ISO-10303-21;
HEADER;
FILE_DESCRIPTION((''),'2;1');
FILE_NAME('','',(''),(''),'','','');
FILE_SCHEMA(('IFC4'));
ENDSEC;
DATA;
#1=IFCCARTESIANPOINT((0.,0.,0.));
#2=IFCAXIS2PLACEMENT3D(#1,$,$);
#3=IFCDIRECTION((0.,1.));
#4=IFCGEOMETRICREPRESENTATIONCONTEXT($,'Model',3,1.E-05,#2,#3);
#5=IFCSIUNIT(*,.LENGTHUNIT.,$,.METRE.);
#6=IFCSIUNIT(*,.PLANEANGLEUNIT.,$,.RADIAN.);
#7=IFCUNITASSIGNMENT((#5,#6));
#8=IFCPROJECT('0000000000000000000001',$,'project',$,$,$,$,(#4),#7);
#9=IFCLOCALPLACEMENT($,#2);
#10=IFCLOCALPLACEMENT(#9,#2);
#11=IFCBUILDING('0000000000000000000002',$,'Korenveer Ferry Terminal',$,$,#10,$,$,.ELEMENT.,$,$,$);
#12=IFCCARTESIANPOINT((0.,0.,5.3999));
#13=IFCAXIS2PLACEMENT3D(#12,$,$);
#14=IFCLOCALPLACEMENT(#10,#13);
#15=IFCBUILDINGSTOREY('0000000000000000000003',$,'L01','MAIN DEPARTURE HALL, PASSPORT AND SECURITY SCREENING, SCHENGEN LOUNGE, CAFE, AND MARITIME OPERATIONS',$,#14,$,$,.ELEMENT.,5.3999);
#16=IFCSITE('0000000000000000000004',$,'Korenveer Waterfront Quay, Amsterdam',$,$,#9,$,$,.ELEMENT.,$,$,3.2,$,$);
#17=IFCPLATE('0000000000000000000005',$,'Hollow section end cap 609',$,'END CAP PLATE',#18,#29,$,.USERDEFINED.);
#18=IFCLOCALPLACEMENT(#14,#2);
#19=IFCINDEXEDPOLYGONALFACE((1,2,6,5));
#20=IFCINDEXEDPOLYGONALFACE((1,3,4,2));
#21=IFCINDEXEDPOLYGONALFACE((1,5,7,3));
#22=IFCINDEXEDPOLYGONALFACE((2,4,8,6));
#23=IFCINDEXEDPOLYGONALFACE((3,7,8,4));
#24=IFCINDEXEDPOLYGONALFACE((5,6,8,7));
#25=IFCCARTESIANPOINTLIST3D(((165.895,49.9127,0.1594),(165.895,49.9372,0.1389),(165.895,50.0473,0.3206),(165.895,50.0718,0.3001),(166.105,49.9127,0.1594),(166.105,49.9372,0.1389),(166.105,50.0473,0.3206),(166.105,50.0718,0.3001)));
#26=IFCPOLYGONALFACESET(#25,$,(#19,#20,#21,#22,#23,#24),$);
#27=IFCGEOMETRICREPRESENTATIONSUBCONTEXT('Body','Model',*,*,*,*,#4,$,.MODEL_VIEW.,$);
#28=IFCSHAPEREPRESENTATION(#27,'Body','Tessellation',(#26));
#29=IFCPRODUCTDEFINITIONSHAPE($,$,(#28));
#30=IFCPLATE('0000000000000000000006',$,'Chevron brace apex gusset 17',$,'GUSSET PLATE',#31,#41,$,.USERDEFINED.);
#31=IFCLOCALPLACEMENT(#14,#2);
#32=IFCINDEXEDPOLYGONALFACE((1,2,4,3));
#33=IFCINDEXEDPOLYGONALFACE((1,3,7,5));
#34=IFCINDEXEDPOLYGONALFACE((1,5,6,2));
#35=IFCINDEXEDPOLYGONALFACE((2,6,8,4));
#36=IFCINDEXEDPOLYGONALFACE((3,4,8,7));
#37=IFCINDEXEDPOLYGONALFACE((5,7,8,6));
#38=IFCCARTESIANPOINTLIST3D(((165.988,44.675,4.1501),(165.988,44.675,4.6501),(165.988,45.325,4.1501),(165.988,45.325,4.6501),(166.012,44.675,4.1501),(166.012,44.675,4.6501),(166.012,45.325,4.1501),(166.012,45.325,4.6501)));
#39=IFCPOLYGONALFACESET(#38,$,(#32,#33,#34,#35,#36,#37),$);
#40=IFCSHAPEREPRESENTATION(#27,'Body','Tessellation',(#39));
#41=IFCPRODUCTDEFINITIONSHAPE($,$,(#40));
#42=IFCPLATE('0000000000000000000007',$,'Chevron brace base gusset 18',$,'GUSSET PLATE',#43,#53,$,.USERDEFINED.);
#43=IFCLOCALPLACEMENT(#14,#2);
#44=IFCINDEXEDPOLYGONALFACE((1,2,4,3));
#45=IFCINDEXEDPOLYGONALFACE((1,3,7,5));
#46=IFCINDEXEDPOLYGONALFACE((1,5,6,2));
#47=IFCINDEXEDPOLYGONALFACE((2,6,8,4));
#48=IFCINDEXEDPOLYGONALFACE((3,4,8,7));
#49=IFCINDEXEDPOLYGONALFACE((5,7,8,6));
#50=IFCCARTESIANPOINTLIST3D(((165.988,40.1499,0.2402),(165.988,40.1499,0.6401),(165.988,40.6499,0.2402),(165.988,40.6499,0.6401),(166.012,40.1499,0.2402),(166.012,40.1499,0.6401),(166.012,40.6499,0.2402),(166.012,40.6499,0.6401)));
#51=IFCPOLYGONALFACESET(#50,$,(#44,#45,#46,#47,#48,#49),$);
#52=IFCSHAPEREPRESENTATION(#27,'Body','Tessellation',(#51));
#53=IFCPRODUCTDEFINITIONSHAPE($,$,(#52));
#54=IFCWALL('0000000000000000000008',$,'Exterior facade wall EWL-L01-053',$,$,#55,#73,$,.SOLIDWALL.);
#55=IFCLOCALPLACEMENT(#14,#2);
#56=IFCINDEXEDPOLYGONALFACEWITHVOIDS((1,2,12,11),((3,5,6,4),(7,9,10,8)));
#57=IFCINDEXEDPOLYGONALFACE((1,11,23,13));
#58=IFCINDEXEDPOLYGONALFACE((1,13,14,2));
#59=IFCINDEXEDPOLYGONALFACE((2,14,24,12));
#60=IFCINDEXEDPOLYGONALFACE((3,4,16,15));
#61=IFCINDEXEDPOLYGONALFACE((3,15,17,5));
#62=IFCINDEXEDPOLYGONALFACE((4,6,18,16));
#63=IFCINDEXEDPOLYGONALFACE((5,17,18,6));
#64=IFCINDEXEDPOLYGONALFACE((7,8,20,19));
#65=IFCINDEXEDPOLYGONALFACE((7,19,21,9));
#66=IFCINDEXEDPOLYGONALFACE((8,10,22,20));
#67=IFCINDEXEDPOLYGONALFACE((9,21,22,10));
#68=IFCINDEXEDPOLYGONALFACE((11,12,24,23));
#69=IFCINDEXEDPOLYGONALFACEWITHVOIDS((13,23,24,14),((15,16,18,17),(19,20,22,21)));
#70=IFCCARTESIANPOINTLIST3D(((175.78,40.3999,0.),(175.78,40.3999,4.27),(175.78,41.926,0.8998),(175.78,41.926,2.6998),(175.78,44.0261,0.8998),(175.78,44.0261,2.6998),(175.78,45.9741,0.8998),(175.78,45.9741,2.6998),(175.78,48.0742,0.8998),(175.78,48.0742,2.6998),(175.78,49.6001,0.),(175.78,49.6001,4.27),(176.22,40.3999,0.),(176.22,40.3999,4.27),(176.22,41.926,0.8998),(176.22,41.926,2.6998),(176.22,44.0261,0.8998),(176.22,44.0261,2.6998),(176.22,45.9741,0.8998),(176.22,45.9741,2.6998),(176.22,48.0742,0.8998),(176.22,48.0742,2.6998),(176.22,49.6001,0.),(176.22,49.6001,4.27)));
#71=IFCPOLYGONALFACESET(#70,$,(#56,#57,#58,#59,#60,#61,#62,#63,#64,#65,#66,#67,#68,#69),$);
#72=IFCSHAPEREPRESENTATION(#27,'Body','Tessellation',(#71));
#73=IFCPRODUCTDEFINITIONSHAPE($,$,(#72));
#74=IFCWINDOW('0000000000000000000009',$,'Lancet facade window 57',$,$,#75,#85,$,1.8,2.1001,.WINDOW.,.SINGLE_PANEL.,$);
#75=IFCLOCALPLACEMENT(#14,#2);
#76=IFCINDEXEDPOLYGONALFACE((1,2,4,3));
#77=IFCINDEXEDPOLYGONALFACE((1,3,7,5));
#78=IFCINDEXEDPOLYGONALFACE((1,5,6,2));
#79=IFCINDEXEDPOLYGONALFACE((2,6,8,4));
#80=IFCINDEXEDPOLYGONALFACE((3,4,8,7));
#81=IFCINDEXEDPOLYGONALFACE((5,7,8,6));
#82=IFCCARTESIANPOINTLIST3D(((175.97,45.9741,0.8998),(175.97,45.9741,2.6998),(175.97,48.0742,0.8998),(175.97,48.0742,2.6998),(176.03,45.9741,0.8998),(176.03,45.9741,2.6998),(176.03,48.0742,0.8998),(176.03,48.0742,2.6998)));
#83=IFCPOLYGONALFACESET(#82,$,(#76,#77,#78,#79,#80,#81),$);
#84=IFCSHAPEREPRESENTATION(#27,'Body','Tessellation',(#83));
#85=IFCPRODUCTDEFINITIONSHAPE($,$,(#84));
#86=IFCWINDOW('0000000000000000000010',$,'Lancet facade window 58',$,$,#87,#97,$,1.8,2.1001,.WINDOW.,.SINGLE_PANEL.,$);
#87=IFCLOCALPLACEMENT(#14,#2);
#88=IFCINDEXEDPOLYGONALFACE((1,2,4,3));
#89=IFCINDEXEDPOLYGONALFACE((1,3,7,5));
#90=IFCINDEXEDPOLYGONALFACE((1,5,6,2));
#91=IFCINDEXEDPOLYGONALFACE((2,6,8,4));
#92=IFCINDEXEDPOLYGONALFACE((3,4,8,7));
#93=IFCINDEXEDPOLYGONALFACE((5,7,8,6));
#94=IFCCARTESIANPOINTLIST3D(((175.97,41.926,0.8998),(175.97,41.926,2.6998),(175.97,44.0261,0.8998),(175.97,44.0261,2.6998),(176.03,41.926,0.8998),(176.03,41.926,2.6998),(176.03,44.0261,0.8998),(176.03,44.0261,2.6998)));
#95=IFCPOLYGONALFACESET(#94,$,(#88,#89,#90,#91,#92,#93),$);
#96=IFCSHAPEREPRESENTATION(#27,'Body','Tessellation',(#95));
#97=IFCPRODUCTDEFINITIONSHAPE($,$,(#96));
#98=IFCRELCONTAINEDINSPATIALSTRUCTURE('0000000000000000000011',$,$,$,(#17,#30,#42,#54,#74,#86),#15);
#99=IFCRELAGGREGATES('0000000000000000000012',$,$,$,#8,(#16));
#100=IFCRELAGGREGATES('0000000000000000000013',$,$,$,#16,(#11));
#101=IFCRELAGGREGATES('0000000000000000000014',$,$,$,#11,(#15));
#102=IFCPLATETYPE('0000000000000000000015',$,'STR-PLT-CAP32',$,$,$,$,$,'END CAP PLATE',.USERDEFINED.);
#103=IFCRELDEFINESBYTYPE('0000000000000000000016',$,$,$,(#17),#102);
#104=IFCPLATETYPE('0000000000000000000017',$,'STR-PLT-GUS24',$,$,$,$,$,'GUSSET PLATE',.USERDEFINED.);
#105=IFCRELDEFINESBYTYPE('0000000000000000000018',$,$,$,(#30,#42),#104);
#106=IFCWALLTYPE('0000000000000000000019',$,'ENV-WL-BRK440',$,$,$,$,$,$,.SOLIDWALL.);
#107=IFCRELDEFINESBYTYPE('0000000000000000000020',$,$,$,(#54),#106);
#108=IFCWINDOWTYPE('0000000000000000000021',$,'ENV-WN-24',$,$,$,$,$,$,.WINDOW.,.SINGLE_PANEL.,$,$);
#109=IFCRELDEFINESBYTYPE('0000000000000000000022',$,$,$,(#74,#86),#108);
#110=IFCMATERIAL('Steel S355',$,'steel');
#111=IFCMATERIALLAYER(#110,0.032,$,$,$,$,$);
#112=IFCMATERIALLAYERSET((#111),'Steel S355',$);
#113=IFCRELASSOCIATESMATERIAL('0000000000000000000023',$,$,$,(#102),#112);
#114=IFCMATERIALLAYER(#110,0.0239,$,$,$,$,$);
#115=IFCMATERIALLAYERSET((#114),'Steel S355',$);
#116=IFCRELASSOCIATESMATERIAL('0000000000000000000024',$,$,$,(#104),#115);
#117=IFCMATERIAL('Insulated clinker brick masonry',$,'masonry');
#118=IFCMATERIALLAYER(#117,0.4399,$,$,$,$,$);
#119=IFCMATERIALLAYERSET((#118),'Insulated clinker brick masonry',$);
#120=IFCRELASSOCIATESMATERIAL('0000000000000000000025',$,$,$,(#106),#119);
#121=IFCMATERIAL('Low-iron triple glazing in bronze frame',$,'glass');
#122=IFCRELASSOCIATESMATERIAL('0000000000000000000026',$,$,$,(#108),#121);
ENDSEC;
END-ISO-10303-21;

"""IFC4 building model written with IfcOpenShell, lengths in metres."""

from ifc_helpers import new_model, si_unit, direction, frame, frame_2d, origin, origin_2d, place, context, subcontext, project, spatial, rectangle, extrude, material, layer, layer_set, type_object, element, fill, save


model = new_model("IFC4")

# Units and contexts
model_context = context("Model", 3, precision=1e-05, world=origin(), true_north=direction((0.0, 1.0)))
body_context = subcontext(model_context, "Body", "Model", "MODEL_VIEW")
ifc_project = project(units=[si_unit("LENGTHUNIT", "METRE"), si_unit("PLANEANGLEUNIT", "RADIAN")], contexts=[model_context])

# Site, building, storey
site_placement = place(None, origin())
site = spatial("IfcSite", under=ifc_project, at=site_placement, Name="Korenveer Waterfront Quay, Amsterdam", CompositionType="ELEMENT", RefElevation=3.2)
building_placement = place(site_placement, origin())
building = spatial("IfcBuilding", under=site, at=building_placement, Name="Korenveer Ferry Terminal", CompositionType="ELEMENT")
storey_placement = place(building_placement, frame((0.0, 0.0, 5.3999)))
storey = spatial("IfcBuildingStorey", under=building, at=storey_placement, Name="L01", Description="MAIN DEPARTURE HALL, PASSPORT AND SECURITY SCREENING, SCHENGEN LOUNGE, CAFE, AND MARITIME OPERATIONS", CompositionType="ELEMENT", Elevation=5.3999)

# Shared definitions
ifc_material_1 = material(Name="Steel S355", Category="steel")

# Plates
ifc_layer_1 = layer(ifc_material_1, 0.032)
ifc_layer_set_1 = layer_set([ifc_layer_1], Name="Steel S355")
plate_type_1 = type_object("IfcPlateType", Name="STR-PLT-CAP32", ElementType="END CAP PLATE", PredefinedType="USERDEFINED", material=ifc_layer_set_1)
for number, where, z_axis, x_axis, name in (
    (1, (166.0, 49.98, 0.24), (0.0, 0.767463, -0.641093), (-1.0, 0.0, 0.0), "Hollow section end cap 609"),
):
    element("IfcPlate", number, at=place(storey_placement, frame(where, z_axis=z_axis, x_axis=x_axis)), inside=storey, type_object=plate_type_1, Name=name, ObjectType="END CAP PLATE", PredefinedType="USERDEFINED", context=body_context, shape_type="SweptSolid", body=[
        extrude(rectangle(XDim=0.21, YDim=0.21, at=origin_2d()), origin(), (0.0, 0.0, 1.0), 0.032),
    ])
ifc_layer_2 = layer(ifc_material_1, 0.0239)
ifc_layer_set_2 = layer_set([ifc_layer_2], Name="Steel S355")
plate_type_2 = type_object("IfcPlateType", Name="STR-PLT-GUS24", ElementType="GUSSET PLATE", PredefinedType="USERDEFINED", material=ifc_layer_set_2)
plate_1_placement = place(storey_placement, frame((166.0, 45.0, 4.1501), z_axis=(0.0, 0.0, 1.0), x_axis=(1.0, 0.0, 0.0)))
element("IfcPlate", 2, at=plate_1_placement, inside=storey, type_object=plate_type_2, Name="Chevron brace apex gusset 17", ObjectType="GUSSET PLATE", PredefinedType="USERDEFINED", context=body_context, shape_type="SweptSolid", body=[
    extrude(rectangle(XDim=0.0239, YDim=0.6499, at=origin_2d()), origin(), (0.0, 0.0, 1.0), 0.5),
])
plate_2_placement = place(storey_placement, frame((166.0, 40.3999, 0.2402), z_axis=(0.0, 0.0, 1.0), x_axis=(1.0, 0.0, 0.0)))
element("IfcPlate", 3, at=plate_2_placement, inside=storey, type_object=plate_type_2, Name="Chevron brace base gusset 18", ObjectType="GUSSET PLATE", PredefinedType="USERDEFINED", context=body_context, shape_type="SweptSolid", body=[
    extrude(rectangle(XDim=0.0239, YDim=0.5, at=origin_2d()), origin(), (0.0, 0.0, 1.0), 0.3999),
])

# Wall, openings, windows
ifc_material_2 = material(Name="Insulated clinker brick masonry", Category="masonry")
ifc_layer_3 = layer(ifc_material_2, 0.4399)
ifc_layer_set_3 = layer_set([ifc_layer_3], Name="Insulated clinker brick masonry")
wall_type = type_object("IfcWallType", Name="ENV-WL-BRK440", PredefinedType="SOLIDWALL", material=ifc_layer_set_3)
wall_placement = place(storey_placement, frame((176.0, 49.6001, 0.0), z_axis=(0.0, 0.0, 1.0), x_axis=(0.0, -1.0, 0.0)))
wall = element("IfcWall", 4, at=wall_placement, inside=storey, type_object=wall_type, Name="Exterior facade wall EWL-L01-053", PredefinedType="SOLIDWALL", context=body_context, shape_type="SweptSolid", body=[
    extrude(rectangle(XDim=9.2002, YDim=0.4399, at=frame_2d((4.6001, 0.0))), origin(), (0.0, 0.0, 1.0), 4.27),
])
opening_1_placement = place(wall_placement, frame((1.5259, 0.0, 0.8999)))
opening_1 = element("IfcOpeningElement", 5, at=opening_1_placement, cuts=wall, PredefinedType="OPENING", context=body_context, shape_type="SweptSolid", body=[
    extrude(rectangle(XDim=2.1001, YDim=1.8, at=frame_2d((1.05, 0.8999))), frame((0.0, 0.23, 0.0), z_axis=(0.0, -1.0, 0.0), x_axis=(1.0, 0.0, 0.0)), (0.0, 0.0, 1.0), 0.46),
])
opening_2_placement = place(wall_placement, frame((5.574, 0.0, 0.8999)))
opening_2 = element("IfcOpeningElement", 6, at=opening_2_placement, cuts=wall, PredefinedType="OPENING", context=body_context, shape_type="SweptSolid", body=[
    extrude(rectangle(XDim=2.1001, YDim=1.8, at=frame_2d((1.05, 0.8999))), frame((0.0, 0.23, 0.0), z_axis=(0.0, -1.0, 0.0), x_axis=(1.0, 0.0, 0.0)), (0.0, 0.0, 1.0), 0.46),
])
ifc_material_3 = material(Name="Low-iron triple glazing in bronze frame", Category="glass")
window_type = type_object("IfcWindowType", Name="ENV-WN-24", PartitioningType="SINGLE_PANEL", PredefinedType="WINDOW", material=ifc_material_3)
window_1_placement = place(opening_1_placement, origin())
window_1 = element("IfcWindow", 7, at=window_1_placement, inside=storey, type_object=window_type, Name="Lancet facade window 57", OverallHeight=1.8, OverallWidth=2.1001, PartitioningType="SINGLE_PANEL", PredefinedType="WINDOW", context=body_context, shape_type="SweptSolid", body=[
    extrude(rectangle(XDim=2.1001, YDim=1.8, at=frame_2d((1.05, 0.8999))), frame((0.0, 0.03, 0.0), z_axis=(0.0, -1.0, 0.0), x_axis=(1.0, 0.0, 0.0)), (0.0, 0.0, 1.0), 0.0601),
])
fill(opening_1, window_1)
window_2_placement = place(opening_2_placement, origin())
window_2 = element("IfcWindow", 8, at=window_2_placement, inside=storey, type_object=window_type, Name="Lancet facade window 58", OverallHeight=1.8, OverallWidth=2.1001, PartitioningType="SINGLE_PANEL", PredefinedType="WINDOW", context=body_context, shape_type="SweptSolid", body=[
    extrude(rectangle(XDim=2.1001, YDim=1.8, at=frame_2d((1.05, 0.8999))), frame((0.0, 0.03, 0.0), z_axis=(0.0, -1.0, 0.0), x_axis=(1.0, 0.0, 0.0)), (0.0, 0.0, 1.0), 0.0601),
])
fill(opening_2, window_2)

save(model, "model.ifc")
